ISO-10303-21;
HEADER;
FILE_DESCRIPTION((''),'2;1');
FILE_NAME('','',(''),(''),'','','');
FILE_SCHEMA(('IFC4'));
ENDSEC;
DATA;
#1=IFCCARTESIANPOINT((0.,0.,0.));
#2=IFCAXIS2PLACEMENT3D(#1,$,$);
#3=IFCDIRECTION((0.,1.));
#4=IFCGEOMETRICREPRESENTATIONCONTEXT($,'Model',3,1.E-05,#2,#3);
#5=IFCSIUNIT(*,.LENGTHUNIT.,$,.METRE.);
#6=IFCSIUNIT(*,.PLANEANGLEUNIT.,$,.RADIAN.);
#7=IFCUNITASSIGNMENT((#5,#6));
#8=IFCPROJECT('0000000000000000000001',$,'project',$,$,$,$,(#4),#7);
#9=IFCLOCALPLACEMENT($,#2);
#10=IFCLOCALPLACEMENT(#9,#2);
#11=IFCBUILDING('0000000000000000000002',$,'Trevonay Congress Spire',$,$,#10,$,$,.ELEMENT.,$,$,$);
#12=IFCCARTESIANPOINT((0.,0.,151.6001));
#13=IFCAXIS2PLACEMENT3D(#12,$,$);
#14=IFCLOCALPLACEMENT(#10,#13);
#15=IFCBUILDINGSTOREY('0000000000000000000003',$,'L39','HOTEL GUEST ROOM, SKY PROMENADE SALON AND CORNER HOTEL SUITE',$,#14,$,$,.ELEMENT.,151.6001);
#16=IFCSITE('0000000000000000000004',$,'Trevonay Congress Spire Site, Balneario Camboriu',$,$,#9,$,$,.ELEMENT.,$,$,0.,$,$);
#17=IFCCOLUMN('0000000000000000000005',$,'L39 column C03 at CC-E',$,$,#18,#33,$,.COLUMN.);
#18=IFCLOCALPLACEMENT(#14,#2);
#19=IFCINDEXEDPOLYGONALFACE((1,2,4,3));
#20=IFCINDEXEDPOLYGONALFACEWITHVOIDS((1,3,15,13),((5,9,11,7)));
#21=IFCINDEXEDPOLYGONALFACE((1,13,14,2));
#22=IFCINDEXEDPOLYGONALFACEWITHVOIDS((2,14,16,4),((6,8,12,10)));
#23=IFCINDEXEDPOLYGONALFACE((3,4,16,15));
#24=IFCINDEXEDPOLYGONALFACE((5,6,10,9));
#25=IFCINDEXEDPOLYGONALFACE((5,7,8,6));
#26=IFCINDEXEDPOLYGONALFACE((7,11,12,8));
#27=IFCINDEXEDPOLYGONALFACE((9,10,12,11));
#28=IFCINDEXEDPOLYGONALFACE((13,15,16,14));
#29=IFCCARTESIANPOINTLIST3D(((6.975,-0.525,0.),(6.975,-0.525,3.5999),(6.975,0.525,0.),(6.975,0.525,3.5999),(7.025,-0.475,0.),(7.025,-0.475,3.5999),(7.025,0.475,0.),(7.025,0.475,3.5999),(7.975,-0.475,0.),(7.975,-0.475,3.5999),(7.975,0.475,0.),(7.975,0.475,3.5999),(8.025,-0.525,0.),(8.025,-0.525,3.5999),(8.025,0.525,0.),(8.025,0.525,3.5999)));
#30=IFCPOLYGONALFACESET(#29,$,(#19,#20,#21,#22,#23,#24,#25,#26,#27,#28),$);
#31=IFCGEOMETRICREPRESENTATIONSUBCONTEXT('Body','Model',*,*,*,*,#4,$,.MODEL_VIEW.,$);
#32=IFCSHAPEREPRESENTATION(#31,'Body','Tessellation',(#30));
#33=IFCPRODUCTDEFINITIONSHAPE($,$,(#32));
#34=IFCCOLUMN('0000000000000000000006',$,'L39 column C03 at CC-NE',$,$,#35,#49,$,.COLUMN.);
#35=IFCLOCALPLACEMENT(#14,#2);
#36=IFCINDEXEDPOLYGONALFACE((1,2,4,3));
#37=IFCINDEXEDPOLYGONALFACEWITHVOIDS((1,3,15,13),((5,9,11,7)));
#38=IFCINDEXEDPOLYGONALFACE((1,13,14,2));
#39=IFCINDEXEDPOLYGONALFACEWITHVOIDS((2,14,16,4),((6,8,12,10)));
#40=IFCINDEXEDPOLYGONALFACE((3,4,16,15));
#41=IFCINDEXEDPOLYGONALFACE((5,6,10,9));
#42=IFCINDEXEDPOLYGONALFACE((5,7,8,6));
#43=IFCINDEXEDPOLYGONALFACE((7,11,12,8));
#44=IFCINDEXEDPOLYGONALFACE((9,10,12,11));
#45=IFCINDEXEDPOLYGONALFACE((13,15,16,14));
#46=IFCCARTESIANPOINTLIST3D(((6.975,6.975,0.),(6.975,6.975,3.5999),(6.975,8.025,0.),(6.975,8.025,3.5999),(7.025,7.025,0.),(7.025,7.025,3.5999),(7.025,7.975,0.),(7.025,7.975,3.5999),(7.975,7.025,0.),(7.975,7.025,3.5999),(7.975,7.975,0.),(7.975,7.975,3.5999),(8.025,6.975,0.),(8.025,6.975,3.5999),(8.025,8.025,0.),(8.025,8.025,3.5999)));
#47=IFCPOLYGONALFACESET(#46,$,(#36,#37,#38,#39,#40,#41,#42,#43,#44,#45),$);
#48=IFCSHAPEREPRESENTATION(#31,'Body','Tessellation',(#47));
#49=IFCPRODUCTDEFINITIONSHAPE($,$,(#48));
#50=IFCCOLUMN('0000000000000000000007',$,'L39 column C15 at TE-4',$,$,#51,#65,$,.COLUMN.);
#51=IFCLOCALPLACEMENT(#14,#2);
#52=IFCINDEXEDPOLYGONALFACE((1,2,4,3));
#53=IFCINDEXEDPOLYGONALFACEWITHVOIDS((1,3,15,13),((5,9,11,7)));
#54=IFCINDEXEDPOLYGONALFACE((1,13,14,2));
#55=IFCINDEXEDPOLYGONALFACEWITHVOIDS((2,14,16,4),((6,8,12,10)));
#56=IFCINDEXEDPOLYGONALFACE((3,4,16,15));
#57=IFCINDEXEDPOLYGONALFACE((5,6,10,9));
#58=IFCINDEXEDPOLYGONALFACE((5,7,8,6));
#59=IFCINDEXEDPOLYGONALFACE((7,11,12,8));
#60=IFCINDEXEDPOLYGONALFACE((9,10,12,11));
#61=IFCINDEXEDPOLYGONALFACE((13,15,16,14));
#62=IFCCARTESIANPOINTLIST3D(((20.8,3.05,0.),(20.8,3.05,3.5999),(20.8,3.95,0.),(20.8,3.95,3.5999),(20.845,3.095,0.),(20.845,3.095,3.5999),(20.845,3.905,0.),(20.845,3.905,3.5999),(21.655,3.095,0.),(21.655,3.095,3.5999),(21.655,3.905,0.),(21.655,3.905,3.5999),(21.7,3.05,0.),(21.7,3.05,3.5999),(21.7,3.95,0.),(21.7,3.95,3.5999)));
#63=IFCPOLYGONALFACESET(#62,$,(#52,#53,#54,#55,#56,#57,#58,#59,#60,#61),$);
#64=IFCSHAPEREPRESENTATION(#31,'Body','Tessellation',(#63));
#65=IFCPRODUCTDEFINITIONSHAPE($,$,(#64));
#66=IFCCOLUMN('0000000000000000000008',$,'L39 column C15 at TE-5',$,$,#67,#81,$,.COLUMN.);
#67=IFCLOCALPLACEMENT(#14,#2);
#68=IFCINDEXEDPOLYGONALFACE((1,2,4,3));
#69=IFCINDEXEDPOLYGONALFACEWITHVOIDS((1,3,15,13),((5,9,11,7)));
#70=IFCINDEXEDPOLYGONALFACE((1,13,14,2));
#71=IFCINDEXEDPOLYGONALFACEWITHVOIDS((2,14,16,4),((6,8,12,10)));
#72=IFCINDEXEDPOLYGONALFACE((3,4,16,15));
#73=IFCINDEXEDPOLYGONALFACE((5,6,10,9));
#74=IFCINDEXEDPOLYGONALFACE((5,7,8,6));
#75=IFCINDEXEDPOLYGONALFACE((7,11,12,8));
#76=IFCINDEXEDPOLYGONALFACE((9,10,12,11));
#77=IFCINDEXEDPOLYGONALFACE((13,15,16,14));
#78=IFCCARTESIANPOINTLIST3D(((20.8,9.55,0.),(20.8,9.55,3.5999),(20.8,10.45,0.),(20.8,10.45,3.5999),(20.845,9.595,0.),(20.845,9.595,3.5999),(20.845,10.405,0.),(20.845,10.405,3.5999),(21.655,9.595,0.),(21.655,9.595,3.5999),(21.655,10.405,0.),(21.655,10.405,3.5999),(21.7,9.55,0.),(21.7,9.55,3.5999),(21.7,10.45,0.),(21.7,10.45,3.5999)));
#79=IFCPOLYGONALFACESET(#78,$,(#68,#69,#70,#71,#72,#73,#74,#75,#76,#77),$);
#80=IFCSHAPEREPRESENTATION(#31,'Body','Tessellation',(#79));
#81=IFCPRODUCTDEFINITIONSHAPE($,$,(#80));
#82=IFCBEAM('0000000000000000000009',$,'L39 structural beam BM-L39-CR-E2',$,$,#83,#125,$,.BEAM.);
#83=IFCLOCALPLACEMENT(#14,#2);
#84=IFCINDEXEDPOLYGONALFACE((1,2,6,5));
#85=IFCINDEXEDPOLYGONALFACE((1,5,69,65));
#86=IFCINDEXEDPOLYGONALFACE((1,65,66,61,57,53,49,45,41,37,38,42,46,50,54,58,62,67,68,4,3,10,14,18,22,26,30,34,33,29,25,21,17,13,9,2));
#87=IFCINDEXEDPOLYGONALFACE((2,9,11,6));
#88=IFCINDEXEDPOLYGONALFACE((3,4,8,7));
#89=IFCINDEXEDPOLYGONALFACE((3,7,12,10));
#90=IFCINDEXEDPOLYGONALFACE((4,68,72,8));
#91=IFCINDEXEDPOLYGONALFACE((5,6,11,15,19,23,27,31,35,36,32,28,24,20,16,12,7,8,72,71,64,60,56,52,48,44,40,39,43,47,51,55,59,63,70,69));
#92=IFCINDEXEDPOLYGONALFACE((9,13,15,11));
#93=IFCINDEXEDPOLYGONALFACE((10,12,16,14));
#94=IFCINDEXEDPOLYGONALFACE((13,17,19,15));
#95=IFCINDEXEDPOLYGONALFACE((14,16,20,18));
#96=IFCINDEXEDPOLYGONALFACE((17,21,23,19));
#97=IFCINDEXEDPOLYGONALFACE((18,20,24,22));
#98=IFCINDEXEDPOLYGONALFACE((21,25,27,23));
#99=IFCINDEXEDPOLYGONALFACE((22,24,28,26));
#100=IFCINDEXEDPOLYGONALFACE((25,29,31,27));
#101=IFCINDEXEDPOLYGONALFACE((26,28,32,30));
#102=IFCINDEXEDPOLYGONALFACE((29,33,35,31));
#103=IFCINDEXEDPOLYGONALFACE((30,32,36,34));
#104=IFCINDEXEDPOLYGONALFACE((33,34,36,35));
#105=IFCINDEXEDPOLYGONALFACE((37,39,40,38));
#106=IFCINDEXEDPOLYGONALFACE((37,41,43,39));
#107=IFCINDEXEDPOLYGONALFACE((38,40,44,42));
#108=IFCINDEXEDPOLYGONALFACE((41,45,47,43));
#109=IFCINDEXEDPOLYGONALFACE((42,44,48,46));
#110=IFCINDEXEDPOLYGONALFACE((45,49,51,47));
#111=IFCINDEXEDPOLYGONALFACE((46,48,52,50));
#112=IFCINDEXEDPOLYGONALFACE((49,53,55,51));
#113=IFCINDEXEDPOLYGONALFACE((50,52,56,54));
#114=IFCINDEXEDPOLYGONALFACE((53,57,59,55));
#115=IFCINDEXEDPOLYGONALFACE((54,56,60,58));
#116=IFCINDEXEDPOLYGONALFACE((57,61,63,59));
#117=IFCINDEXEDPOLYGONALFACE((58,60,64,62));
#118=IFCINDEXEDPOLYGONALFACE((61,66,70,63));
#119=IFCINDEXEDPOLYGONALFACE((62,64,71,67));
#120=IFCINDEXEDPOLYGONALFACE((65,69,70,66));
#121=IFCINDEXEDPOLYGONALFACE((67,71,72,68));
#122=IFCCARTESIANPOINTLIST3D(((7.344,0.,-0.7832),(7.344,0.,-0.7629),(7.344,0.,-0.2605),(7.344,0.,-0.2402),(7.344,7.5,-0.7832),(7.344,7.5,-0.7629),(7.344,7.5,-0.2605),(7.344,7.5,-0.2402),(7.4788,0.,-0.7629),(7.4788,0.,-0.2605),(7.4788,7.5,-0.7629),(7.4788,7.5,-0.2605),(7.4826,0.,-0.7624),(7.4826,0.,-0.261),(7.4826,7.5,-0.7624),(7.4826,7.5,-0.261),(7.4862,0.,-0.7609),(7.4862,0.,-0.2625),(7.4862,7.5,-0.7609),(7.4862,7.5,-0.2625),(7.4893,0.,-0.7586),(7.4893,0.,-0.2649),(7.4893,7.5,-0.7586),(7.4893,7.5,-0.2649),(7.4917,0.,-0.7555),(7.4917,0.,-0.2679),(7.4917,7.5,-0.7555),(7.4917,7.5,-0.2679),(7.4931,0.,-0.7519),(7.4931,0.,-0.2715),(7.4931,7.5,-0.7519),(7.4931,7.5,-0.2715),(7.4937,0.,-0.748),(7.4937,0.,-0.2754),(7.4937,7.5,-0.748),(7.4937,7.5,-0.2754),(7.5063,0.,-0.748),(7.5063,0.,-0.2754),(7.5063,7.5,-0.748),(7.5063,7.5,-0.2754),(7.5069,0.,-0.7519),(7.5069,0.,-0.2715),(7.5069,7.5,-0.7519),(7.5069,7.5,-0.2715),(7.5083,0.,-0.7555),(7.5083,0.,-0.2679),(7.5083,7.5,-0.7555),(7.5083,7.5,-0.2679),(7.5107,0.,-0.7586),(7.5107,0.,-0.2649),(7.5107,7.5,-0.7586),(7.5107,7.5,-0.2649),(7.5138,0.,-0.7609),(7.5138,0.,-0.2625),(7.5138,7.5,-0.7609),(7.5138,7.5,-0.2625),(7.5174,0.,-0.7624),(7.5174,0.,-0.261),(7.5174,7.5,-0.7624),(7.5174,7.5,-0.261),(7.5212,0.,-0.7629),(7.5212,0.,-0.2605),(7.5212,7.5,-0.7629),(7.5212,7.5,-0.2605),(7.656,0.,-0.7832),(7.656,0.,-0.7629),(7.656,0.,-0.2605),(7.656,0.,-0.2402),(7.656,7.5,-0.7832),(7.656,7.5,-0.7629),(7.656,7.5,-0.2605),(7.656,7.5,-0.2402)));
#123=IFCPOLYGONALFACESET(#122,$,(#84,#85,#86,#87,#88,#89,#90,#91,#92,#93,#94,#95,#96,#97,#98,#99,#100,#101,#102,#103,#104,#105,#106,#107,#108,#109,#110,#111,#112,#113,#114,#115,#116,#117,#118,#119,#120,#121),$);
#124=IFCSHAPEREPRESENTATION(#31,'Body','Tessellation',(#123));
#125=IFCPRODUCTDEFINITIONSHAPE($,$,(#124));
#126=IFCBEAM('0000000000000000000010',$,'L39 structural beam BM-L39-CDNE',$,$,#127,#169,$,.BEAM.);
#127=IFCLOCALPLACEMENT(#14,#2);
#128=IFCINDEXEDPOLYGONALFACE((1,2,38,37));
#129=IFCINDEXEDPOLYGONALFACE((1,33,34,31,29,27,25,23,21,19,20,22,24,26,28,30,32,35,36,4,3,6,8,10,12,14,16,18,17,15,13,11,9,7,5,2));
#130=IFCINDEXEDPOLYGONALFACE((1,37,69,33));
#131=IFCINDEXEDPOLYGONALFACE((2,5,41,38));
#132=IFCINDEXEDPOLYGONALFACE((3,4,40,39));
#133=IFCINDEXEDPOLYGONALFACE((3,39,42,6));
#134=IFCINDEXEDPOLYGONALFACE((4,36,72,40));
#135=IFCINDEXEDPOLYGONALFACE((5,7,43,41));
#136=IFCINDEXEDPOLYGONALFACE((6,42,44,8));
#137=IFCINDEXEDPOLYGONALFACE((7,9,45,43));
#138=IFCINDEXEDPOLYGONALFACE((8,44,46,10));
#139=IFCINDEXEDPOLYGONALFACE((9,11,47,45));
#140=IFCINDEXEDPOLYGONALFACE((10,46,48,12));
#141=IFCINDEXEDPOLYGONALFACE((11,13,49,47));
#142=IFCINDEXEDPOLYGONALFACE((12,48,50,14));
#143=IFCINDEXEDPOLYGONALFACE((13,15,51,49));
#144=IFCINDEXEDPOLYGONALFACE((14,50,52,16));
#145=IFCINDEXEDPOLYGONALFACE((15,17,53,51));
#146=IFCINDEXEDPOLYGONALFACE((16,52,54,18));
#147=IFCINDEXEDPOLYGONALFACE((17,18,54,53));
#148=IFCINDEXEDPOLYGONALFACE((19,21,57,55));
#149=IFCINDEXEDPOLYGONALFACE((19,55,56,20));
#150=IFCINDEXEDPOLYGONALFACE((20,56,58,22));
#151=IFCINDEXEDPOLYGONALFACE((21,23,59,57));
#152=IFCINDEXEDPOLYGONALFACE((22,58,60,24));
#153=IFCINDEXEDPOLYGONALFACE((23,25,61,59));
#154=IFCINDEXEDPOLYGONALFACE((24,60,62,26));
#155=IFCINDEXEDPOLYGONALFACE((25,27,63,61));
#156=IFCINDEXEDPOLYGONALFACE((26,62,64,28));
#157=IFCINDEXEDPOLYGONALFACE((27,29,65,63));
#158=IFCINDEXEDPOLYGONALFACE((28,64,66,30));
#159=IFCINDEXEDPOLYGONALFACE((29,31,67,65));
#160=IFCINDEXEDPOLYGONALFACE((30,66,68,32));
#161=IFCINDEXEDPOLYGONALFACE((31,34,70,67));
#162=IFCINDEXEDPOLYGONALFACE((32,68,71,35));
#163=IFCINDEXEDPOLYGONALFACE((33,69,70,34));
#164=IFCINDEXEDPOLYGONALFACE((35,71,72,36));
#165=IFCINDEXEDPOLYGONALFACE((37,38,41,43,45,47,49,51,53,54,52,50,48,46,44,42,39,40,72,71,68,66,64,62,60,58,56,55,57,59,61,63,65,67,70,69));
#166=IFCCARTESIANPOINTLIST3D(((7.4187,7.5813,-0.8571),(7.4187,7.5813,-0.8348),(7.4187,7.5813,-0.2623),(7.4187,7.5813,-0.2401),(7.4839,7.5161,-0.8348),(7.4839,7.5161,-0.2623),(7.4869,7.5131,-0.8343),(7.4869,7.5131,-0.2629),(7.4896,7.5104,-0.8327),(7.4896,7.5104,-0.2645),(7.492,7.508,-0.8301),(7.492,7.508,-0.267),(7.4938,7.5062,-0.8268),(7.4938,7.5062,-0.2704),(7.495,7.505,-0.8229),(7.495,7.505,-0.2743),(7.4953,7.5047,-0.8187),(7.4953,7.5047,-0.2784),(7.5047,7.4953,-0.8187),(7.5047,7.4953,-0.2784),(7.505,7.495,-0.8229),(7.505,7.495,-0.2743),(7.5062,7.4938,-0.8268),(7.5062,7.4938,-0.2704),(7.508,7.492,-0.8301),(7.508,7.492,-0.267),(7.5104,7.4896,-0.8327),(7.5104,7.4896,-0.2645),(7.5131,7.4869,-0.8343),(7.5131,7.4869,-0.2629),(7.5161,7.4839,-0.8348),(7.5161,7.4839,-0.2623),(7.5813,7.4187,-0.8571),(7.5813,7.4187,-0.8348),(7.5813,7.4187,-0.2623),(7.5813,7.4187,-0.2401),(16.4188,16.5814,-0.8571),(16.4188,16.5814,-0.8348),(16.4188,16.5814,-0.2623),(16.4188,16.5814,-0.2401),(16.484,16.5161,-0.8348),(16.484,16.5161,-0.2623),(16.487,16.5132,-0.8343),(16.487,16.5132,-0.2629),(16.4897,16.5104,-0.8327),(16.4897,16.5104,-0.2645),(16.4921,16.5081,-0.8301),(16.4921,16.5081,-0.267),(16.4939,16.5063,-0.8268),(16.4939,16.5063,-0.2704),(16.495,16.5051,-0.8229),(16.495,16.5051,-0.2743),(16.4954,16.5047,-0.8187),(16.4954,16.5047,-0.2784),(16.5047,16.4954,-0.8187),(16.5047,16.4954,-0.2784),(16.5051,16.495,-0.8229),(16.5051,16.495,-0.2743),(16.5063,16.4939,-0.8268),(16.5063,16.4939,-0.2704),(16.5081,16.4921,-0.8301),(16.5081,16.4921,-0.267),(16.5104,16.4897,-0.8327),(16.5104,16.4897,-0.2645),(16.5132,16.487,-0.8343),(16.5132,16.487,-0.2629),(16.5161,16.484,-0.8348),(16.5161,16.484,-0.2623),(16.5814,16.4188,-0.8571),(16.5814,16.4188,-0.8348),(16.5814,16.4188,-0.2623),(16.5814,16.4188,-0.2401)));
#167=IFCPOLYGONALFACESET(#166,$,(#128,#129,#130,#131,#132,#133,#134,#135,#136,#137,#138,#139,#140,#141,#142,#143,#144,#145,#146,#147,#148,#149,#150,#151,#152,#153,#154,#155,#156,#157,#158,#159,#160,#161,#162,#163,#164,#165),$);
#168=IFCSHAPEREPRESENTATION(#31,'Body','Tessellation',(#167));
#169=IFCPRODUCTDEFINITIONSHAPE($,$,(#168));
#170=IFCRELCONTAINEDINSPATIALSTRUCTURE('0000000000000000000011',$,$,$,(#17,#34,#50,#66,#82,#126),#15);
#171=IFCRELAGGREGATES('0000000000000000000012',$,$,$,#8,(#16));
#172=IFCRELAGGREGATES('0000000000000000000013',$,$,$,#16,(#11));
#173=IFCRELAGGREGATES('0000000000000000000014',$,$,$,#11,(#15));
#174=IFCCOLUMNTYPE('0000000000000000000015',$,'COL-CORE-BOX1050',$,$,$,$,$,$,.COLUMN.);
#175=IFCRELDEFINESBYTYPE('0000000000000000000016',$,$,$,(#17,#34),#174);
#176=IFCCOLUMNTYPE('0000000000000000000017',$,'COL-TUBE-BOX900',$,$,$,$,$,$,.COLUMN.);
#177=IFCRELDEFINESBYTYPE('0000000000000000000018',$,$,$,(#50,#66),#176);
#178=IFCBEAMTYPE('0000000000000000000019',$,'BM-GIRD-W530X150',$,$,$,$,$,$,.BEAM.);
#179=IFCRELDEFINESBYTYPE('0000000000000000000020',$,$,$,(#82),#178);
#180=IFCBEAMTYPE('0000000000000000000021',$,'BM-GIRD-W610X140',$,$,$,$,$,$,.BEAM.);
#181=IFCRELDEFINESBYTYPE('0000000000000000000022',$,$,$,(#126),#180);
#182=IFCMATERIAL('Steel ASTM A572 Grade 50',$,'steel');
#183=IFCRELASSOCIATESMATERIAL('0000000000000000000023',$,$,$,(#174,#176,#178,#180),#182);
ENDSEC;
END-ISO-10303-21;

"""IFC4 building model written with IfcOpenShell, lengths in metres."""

from ifc_helpers import new_model, si_unit, direction, frame, origin, origin_2d, place, context, subcontext, project, spatial, hollow_rectangle, i_section, extrude, material, material_profile, profile_set, type_object, element, save


model = new_model("IFC4")

# Units and contexts
model_context = context("Model", 3, precision=1e-05, world=origin(), true_north=direction((0.0, 1.0)))
body_context = subcontext(model_context, "Body", "Model", "MODEL_VIEW")
ifc_project = project(units=[si_unit("LENGTHUNIT", "METRE"), si_unit("PLANEANGLEUNIT", "RADIAN")], contexts=[model_context])

# Site, building, storey
site_placement = place(None, origin())
site = spatial("IfcSite", under=ifc_project, at=site_placement, Name="Trevonay Congress Spire Site, Balneario Camboriu", CompositionType="ELEMENT", RefElevation=0.0)
building_placement = place(site_placement, origin())
building = spatial("IfcBuilding", under=site, at=building_placement, Name="Trevonay Congress Spire", CompositionType="ELEMENT")
storey_placement = place(building_placement, frame((0.0, 0.0, 151.6001)))
storey = spatial("IfcBuildingStorey", under=building, at=storey_placement, Name="L39", Description="HOTEL GUEST ROOM, SKY PROMENADE SALON AND CORNER HOTEL SUITE", CompositionType="ELEMENT", Elevation=151.6001)

# Columns
ifc_material_1 = material(Name="Steel ASTM A572 Grade 50", Category="steel")
ifc_material_profile_1 = material_profile(ifc_material_1, hollow_rectangle(XDim=1.05, YDim=1.05, WallThickness=0.05, at=origin_2d()), Name="BOX 1050x1050x50")
ifc_profile_set_1 = profile_set([ifc_material_profile_1], Name="Steel ASTM A572 Grade 50")
column_type_1 = type_object("IfcColumnType", Name="COL-CORE-BOX1050", PredefinedType="COLUMN", material=ifc_profile_set_1)
for number, where, z_axis, x_axis, name in (
    (1, (7.5, 0.0, 0.0), (0.0, 0.0, 1.0), (1.0, 0.0, 0.0), "L39 column C03 at CC-E"),
    (2, (7.5, 7.5, 0.0), (0.0, 0.0, 1.0), (1.0, 0.0, 0.0), "L39 column C03 at CC-NE"),
):
    element("IfcColumn", number, at=place(storey_placement, frame(where, z_axis=z_axis, x_axis=x_axis)), inside=storey, type_object=column_type_1, Name=name, PredefinedType="COLUMN", context=body_context, shape_type="SweptSolid", body=[
        extrude(hollow_rectangle(XDim=1.05, YDim=1.05, WallThickness=0.05, at=origin_2d()), origin(), (0.0, 0.0, 1.0), 3.5999),
    ])
ifc_material_profile_2 = material_profile(ifc_material_1, hollow_rectangle(XDim=0.8999, YDim=0.8999, WallThickness=0.0449, at=origin_2d()), Name="BOX 900x900x45")
ifc_profile_set_2 = profile_set([ifc_material_profile_2], Name="Steel ASTM A572 Grade 50")
column_type_2 = type_object("IfcColumnType", Name="COL-TUBE-BOX900", PredefinedType="COLUMN", material=ifc_profile_set_2)
for number, where, z_axis, x_axis, name in (
    (3, (21.25, 3.5, 0.0), (0.0, 0.0, 1.0), (1.0, 0.0, 0.0), "L39 column C15 at TE-4"),
    (4, (21.25, 10.0, 0.0), (0.0, 0.0, 1.0), (1.0, 0.0, 0.0), "L39 column C15 at TE-5"),
):
    element("IfcColumn", number, at=place(storey_placement, frame(where, z_axis=z_axis, x_axis=x_axis)), inside=storey, type_object=column_type_2, Name=name, PredefinedType="COLUMN", context=body_context, shape_type="SweptSolid", body=[
        extrude(hollow_rectangle(XDim=0.8999, YDim=0.8999, WallThickness=0.0449, at=origin_2d()), origin(), (0.0, 0.0, 1.0), 3.5999),
    ])

# Beams
ifc_material_profile_3 = material_profile(ifc_material_1, i_section(OverallWidth=0.312, OverallDepth=0.543, WebThickness=0.0127, FlangeThickness=0.0203, FilletRadius=0.0149, at=origin_2d()), Name="W530x150")
ifc_profile_set_3 = profile_set([ifc_material_profile_3], Name="Steel ASTM A572 Grade 50")
beam_type_1 = type_object("IfcBeamType", Name="BM-GIRD-W530X150", PredefinedType="BEAM", material=ifc_profile_set_3)
beam_1_placement = place(storey_placement, frame((7.5, 0.0, -0.5117), z_axis=(0.0, 1.0, 0.0), x_axis=(-1.0, 0.0, 0.0)))
element("IfcBeam", 5, at=beam_1_placement, inside=storey, type_object=beam_type_1, Name="L39 structural beam BM-L39-CR-E2", PredefinedType="BEAM", context=body_context, shape_type="SweptSolid", body=[
    extrude(i_section(OverallWidth=0.312, OverallDepth=0.543, WebThickness=0.0127, FlangeThickness=0.0203, FilletRadius=0.0149, at=origin_2d()), origin(), (0.0, 0.0, 1.0), 7.5),
])
ifc_material_profile_4 = material_profile(ifc_material_1, i_section(OverallWidth=0.23, OverallDepth=0.6169, WebThickness=0.0132, FlangeThickness=0.0222, FilletRadius=0.0161, at=origin_2d()), Name="W610x140")
ifc_profile_set_4 = profile_set([ifc_material_profile_4], Name="Steel ASTM A572 Grade 50")
beam_type_2 = type_object("IfcBeamType", Name="BM-GIRD-W610X140", PredefinedType="BEAM", material=ifc_profile_set_4)
beam_2_placement = place(storey_placement, frame((7.5, 7.5, -0.5486), z_axis=(0.707107, 0.707107, 0.0), x_axis=(-0.707107, 0.707107, 0.0)))
element("IfcBeam", 6, at=beam_2_placement, inside=storey, type_object=beam_type_2, Name="L39 structural beam BM-L39-CDNE", PredefinedType="BEAM", context=body_context, shape_type="SweptSolid", body=[
    extrude(i_section(OverallWidth=0.23, OverallDepth=0.6169, WebThickness=0.0132, FlangeThickness=0.0222, FilletRadius=0.0161, at=origin_2d()), origin(), (0.0, 0.0, 1.0), 12.728),
])

save(model, "model.ifc")
